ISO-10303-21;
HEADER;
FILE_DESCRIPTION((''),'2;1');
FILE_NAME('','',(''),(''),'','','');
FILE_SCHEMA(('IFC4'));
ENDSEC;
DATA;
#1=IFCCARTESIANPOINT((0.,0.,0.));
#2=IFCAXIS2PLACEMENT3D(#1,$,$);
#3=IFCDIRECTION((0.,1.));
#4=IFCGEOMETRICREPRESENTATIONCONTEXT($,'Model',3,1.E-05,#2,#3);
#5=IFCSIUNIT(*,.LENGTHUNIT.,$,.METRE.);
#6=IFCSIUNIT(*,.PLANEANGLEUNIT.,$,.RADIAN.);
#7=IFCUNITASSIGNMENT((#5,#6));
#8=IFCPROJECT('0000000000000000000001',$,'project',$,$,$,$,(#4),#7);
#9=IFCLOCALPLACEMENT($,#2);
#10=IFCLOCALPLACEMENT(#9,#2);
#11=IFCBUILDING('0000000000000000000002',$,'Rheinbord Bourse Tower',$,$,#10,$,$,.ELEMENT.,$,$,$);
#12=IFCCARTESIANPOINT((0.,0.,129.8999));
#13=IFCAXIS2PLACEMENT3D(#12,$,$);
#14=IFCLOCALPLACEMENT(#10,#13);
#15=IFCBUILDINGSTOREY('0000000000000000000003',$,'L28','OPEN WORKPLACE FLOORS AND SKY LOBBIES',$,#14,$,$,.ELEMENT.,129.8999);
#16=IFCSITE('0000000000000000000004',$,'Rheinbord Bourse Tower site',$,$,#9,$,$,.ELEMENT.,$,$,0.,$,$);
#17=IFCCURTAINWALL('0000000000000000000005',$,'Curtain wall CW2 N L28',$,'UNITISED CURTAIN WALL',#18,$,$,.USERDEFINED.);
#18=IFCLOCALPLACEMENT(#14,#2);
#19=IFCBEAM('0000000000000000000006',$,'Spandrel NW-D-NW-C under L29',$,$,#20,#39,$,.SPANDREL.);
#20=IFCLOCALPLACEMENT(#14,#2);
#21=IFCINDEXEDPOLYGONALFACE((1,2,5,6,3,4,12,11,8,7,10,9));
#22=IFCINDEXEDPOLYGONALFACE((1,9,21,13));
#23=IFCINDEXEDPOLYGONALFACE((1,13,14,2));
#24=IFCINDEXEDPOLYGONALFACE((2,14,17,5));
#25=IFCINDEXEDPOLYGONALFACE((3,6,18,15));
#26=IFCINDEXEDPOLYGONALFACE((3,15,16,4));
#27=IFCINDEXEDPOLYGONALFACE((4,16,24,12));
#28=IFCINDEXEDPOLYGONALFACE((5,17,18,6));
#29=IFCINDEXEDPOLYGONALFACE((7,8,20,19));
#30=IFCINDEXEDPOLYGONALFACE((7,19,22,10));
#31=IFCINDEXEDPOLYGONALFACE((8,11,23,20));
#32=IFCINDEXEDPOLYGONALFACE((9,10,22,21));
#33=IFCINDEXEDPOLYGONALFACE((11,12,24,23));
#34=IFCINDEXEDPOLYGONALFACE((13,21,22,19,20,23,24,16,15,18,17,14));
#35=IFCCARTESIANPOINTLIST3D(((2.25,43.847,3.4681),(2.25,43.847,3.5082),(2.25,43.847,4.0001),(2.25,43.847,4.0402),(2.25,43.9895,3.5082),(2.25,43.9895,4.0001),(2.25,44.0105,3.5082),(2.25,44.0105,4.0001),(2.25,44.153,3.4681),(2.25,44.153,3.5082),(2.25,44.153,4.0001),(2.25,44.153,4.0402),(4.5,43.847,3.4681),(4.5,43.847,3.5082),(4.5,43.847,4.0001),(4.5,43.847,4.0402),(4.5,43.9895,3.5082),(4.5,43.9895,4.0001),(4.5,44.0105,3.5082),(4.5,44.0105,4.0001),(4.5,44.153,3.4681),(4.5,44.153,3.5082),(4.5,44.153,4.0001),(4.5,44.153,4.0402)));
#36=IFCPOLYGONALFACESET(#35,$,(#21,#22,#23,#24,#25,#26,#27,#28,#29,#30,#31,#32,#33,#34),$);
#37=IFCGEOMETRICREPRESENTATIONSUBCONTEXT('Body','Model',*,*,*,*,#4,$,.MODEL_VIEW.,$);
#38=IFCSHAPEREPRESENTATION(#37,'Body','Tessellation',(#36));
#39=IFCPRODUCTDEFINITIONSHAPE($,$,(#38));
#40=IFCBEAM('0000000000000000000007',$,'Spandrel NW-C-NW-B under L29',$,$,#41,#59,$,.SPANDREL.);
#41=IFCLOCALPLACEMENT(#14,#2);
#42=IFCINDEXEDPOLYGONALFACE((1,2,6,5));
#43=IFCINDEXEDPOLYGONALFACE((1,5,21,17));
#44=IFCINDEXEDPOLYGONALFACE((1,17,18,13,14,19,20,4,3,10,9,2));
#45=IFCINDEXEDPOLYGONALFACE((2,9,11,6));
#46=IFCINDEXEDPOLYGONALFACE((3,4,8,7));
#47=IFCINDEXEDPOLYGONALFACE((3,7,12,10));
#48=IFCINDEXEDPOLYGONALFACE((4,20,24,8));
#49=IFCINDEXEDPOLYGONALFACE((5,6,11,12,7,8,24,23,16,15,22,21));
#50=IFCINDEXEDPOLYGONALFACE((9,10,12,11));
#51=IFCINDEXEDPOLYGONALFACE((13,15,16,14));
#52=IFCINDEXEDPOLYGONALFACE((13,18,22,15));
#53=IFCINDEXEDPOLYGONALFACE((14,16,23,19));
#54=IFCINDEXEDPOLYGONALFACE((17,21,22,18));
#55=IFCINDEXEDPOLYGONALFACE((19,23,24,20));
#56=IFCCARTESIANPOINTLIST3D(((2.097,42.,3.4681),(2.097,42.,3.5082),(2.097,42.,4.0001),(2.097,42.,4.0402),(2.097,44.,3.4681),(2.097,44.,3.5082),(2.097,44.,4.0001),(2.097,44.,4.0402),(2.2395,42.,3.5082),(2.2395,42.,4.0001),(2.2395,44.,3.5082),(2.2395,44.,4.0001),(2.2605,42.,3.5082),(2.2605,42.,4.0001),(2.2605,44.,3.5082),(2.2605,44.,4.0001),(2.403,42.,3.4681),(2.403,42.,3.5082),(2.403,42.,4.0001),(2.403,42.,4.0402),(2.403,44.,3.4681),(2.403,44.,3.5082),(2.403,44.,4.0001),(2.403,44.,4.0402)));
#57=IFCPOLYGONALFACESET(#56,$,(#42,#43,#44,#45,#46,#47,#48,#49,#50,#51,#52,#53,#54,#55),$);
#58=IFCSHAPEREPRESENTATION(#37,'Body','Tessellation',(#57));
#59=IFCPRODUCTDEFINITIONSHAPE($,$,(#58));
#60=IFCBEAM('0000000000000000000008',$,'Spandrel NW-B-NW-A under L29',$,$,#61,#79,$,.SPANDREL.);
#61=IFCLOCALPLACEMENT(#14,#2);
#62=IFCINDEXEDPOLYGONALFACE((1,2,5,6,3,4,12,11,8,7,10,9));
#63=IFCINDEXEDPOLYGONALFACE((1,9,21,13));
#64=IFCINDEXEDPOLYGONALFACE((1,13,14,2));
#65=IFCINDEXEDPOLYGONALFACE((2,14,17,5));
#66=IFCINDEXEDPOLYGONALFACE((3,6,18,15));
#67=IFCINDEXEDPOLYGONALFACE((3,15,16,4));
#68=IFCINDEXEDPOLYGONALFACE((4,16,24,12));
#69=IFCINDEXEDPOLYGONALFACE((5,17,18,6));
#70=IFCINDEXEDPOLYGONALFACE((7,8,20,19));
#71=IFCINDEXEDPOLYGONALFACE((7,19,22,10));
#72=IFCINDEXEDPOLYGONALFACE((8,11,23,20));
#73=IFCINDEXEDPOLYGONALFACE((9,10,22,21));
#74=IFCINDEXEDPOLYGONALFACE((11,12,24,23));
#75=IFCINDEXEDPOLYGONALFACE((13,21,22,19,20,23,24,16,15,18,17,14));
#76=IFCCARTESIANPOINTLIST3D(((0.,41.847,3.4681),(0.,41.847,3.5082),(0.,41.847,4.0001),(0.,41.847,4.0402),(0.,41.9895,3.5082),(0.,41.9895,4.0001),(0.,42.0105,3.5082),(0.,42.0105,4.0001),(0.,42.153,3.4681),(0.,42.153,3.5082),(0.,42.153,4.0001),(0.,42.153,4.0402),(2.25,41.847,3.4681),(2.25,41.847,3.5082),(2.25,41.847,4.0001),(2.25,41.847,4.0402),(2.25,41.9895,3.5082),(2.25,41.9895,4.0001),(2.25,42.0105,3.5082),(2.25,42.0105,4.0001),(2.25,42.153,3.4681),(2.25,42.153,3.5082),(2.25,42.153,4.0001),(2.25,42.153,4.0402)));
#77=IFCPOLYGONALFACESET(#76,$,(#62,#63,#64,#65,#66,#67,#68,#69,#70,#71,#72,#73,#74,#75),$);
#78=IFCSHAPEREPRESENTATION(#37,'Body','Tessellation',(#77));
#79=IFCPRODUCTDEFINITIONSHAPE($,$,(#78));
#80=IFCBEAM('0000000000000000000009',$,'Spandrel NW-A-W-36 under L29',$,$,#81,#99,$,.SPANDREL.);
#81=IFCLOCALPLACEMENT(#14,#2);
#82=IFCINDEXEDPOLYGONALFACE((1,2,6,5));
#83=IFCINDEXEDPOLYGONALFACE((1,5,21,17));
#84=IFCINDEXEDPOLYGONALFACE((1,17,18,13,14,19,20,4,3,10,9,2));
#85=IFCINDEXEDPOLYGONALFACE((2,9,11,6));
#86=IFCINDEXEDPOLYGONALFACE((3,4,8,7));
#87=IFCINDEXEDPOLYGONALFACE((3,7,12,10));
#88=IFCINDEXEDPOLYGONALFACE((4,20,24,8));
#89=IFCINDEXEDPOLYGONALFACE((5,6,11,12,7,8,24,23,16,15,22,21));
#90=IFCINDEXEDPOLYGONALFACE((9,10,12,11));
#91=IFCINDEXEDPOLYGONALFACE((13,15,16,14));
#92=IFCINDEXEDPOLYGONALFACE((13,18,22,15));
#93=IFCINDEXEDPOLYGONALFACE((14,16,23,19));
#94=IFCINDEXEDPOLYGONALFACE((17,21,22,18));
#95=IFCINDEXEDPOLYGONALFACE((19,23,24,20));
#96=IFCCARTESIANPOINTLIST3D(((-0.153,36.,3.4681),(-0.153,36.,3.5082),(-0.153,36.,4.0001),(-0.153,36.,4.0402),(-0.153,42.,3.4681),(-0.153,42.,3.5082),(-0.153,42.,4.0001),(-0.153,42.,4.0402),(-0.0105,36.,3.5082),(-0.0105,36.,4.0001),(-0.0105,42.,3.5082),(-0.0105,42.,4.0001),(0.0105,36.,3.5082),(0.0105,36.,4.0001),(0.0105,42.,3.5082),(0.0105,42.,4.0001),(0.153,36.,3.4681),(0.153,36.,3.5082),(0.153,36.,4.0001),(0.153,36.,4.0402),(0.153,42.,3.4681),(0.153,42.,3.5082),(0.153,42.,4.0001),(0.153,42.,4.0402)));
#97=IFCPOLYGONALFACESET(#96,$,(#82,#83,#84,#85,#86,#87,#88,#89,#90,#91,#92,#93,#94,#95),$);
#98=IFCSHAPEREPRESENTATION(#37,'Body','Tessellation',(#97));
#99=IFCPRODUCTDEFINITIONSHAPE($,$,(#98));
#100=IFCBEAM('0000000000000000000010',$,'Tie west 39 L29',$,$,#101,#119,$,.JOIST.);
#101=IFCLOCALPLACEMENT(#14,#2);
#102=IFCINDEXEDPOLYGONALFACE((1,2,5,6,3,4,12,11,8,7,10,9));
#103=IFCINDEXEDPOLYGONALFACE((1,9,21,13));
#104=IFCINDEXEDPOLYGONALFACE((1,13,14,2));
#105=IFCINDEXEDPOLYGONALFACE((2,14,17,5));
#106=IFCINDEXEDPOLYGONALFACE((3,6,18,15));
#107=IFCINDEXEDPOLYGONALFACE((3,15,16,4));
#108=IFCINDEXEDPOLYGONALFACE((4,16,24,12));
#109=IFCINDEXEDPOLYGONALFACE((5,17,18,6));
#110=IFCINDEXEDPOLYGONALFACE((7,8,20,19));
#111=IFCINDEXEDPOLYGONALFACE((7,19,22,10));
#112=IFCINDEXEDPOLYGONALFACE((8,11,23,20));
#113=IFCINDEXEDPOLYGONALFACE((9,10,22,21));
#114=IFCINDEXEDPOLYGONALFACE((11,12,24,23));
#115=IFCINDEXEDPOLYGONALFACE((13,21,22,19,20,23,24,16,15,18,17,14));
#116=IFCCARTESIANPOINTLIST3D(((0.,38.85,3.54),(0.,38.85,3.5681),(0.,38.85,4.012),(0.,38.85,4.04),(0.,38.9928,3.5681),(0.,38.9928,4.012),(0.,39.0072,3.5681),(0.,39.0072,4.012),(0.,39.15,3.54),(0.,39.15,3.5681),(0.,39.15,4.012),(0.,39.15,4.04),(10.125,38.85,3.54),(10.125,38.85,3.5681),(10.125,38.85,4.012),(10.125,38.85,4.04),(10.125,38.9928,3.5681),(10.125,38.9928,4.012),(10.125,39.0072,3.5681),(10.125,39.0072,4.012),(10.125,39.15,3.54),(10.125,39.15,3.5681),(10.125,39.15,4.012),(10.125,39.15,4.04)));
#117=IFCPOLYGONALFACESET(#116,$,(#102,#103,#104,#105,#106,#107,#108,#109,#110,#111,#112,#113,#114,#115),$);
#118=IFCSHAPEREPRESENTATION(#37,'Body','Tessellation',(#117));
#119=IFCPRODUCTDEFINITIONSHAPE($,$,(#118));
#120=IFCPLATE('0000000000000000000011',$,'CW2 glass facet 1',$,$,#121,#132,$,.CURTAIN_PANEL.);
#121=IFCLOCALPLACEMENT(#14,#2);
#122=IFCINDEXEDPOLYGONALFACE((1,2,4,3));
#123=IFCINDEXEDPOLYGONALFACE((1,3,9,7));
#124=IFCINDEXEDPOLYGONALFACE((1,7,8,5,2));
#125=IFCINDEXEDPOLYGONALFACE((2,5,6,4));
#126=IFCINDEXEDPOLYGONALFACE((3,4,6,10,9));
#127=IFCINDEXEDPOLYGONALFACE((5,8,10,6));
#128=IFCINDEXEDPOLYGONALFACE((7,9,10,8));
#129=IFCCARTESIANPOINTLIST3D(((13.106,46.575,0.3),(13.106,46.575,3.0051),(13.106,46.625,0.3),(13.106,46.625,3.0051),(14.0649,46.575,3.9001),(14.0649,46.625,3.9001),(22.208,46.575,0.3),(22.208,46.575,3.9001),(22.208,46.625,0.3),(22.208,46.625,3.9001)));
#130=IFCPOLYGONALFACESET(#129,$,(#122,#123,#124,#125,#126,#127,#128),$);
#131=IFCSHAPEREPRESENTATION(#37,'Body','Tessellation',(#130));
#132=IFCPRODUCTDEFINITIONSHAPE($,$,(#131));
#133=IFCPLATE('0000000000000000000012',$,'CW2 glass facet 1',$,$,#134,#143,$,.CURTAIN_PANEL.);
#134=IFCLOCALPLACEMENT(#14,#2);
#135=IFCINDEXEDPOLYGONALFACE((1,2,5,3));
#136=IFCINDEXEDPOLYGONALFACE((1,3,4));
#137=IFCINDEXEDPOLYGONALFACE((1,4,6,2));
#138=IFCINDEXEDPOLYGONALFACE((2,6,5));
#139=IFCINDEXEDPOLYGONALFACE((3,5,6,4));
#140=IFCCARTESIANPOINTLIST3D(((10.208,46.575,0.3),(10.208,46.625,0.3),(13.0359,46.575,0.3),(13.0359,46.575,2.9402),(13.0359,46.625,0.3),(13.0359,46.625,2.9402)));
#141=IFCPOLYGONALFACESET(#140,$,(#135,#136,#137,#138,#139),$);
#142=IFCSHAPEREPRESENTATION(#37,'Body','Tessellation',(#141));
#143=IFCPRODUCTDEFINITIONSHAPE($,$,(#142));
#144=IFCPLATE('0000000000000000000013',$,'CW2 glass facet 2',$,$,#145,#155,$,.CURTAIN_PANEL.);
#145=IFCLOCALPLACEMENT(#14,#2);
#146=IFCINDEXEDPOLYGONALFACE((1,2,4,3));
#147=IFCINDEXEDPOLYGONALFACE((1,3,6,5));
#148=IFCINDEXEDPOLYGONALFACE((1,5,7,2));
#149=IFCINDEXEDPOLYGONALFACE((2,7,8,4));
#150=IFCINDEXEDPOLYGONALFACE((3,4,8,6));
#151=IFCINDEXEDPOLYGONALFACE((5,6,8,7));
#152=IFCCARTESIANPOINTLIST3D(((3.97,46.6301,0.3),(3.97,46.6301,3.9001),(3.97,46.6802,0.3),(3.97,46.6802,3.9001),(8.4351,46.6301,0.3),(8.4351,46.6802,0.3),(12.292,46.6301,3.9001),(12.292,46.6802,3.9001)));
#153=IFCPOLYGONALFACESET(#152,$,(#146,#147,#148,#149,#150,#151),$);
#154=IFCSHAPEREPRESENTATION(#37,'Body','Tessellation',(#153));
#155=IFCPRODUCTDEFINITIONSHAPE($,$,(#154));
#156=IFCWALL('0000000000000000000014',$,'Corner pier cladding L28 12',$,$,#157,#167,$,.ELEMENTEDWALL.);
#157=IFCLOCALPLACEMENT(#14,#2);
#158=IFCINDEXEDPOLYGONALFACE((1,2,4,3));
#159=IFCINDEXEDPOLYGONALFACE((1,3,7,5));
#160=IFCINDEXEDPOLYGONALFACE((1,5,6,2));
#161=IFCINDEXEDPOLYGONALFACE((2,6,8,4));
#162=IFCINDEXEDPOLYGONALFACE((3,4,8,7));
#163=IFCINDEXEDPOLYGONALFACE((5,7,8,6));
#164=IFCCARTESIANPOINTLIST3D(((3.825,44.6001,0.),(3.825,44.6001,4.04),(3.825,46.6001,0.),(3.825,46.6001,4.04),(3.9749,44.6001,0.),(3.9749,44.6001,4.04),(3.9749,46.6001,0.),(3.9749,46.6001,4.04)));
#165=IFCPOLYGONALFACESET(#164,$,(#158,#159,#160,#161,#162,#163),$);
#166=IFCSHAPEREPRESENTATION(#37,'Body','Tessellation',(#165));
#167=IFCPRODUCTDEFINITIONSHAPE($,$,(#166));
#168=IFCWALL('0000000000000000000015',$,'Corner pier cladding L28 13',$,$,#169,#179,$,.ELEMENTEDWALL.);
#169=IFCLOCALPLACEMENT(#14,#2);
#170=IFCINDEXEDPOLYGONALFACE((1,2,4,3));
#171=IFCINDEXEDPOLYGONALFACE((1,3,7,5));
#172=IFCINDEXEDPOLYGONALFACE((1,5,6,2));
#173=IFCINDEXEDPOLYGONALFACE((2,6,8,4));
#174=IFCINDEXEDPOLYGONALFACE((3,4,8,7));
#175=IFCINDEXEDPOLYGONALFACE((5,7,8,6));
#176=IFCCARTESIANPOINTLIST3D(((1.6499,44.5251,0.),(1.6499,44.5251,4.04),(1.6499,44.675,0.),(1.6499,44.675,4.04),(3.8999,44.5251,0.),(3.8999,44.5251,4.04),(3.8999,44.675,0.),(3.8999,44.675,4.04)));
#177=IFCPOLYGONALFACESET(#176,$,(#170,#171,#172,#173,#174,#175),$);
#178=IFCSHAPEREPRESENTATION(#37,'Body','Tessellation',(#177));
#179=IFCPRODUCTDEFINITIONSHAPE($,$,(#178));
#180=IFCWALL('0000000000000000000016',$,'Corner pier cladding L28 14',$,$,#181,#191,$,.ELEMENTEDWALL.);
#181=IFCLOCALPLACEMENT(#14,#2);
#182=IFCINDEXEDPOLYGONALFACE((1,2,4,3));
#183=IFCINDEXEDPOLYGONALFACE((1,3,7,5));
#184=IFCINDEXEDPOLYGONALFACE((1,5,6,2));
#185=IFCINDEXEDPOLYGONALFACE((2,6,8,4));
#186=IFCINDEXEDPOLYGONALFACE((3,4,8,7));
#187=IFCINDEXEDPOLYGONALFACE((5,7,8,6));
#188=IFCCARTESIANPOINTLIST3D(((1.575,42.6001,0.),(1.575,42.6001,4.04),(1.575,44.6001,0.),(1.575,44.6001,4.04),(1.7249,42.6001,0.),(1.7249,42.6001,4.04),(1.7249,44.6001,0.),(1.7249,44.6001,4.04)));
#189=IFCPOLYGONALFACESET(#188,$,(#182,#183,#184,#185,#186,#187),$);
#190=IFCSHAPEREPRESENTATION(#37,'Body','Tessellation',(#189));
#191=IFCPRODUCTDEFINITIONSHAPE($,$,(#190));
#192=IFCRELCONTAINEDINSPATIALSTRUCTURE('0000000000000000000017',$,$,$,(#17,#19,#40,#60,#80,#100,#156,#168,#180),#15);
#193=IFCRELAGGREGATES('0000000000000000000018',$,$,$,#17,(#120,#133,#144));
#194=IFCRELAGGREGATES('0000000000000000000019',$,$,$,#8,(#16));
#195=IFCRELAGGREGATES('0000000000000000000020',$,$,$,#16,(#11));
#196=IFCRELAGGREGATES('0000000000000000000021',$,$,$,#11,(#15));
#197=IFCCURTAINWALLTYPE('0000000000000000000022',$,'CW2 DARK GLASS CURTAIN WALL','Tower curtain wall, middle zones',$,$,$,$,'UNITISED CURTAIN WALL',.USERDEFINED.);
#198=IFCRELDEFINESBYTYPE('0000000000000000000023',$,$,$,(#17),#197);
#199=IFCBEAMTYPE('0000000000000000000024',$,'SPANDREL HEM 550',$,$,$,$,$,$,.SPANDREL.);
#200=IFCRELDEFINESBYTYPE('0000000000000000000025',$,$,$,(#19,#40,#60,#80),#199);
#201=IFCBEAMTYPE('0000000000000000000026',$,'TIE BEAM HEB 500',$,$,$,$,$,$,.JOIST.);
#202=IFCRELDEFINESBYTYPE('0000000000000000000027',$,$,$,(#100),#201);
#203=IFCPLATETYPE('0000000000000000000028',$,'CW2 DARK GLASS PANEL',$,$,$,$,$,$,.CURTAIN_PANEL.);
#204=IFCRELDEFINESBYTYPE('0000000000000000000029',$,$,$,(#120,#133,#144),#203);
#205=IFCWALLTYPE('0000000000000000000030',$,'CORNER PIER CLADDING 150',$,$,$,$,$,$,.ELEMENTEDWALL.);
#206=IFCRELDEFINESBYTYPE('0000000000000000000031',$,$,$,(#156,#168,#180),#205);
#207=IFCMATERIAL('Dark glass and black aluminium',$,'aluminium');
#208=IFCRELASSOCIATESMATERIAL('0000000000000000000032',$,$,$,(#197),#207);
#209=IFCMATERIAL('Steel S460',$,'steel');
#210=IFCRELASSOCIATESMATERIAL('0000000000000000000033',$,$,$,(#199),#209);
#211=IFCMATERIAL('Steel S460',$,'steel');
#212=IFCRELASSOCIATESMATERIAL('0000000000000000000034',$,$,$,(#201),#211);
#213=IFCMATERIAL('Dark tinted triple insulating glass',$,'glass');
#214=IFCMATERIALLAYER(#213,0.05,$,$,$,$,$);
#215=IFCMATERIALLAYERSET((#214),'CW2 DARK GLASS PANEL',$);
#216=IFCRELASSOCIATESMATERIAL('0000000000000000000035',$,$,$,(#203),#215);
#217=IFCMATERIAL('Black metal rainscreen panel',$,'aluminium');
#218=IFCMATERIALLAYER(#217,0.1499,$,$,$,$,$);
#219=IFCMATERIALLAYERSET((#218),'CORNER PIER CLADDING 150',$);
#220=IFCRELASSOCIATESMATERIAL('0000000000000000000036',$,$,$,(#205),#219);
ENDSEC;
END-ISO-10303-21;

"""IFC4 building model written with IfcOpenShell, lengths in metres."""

from ifc_helpers import new_model, si_unit, direction, frame, frame_2d, origin, origin_2d, place, context, subcontext, project, spatial, polyline, rectangle, i_section, outline, extrude, material, layer, layer_set, material_profile, profile_set, type_object, element, aggregate, save


model = new_model("IFC4")

# Units and contexts
model_context = context("Model", 3, precision=1e-05, world=origin(), true_north=direction((0.0, 1.0)))
body_context = subcontext(model_context, "Body", "Model", "MODEL_VIEW")
ifc_project = project(units=[si_unit("LENGTHUNIT", "METRE"), si_unit("PLANEANGLEUNIT", "RADIAN")], contexts=[model_context])

# Site, building, storey
site_placement = place(None, origin())
site = spatial("IfcSite", under=ifc_project, at=site_placement, Name="Rheinbord Bourse Tower site", CompositionType="ELEMENT", RefElevation=0.0)
building_placement = place(site_placement, origin())
building = spatial("IfcBuilding", under=site, at=building_placement, Name="Rheinbord Bourse Tower", CompositionType="ELEMENT")
storey_placement = place(building_placement, frame((0.0, 0.0, 129.8999)))
storey = spatial("IfcBuildingStorey", under=building, at=storey_placement, Name="L28", Description="OPEN WORKPLACE FLOORS AND SKY LOBBIES", CompositionType="ELEMENT", Elevation=129.8999)

# Curtain wall
ifc_material_1 = material(Name="Dark glass and black aluminium", Category="aluminium")
curtain_wall_type = type_object("IfcCurtainWallType", Name="CW2 DARK GLASS CURTAIN WALL", Description="Tower curtain wall, middle zones", ElementType="UNITISED CURTAIN WALL", PredefinedType="USERDEFINED", material=ifc_material_1)
curtain_wall_1_placement = place(storey_placement, origin())
curtain_wall_1 = element("IfcCurtainWall", 1, at=curtain_wall_1_placement, inside=storey, type_object=curtain_wall_type, Name="Curtain wall CW2 N L28", ObjectType="UNITISED CURTAIN WALL", PredefinedType="USERDEFINED")

# Beams
ifc_material_2 = material(Name="Steel S460", Category="steel")
ifc_material_profile_1 = material_profile(ifc_material_2, i_section(OverallWidth=0.3059, OverallDepth=0.572, WebThickness=0.021, FlangeThickness=0.04, at=origin_2d()), Name="HEM 550")
ifc_profile_set_1 = profile_set([ifc_material_profile_1], Name="Steel S460")
beam_type_1 = type_object("IfcBeamType", Name="SPANDREL HEM 550", PredefinedType="SPANDREL", material=ifc_profile_set_1)
beam_1_placement = place(storey_placement, frame((4.5, 44.0, 3.7542), z_axis=(-1.0, 0.0, 0.0), x_axis=(0.0, -1.0, 0.0)))
element("IfcBeam", 2, at=beam_1_placement, inside=storey, type_object=beam_type_1, Name="Spandrel NW-D-NW-C under L29", PredefinedType="SPANDREL", context=body_context, shape_type="SweptSolid", body=[
    extrude(i_section(OverallWidth=0.3059, OverallDepth=0.572, WebThickness=0.021, FlangeThickness=0.04, at=origin_2d()), origin(), (0.0, 0.0, 1.0), 2.25),
])
beam_2_placement = place(storey_placement, frame((2.25, 44.0, 3.7542), z_axis=(0.0, -1.0, 0.0), x_axis=(1.0, 0.0, 0.0)))
element("IfcBeam", 3, at=beam_2_placement, inside=storey, type_object=beam_type_1, Name="Spandrel NW-C-NW-B under L29", PredefinedType="SPANDREL", context=body_context, shape_type="SweptSolid", body=[
    extrude(i_section(OverallWidth=0.3059, OverallDepth=0.572, WebThickness=0.021, FlangeThickness=0.04, at=origin_2d()), origin(), (0.0, 0.0, 1.0), 2.0),
])
beam_3_placement = place(storey_placement, frame((2.25, 42.0, 3.7542), z_axis=(-1.0, 0.0, 0.0), x_axis=(0.0, -1.0, 0.0)))
element("IfcBeam", 4, at=beam_3_placement, inside=storey, type_object=beam_type_1, Name="Spandrel NW-B-NW-A under L29", PredefinedType="SPANDREL", context=body_context, shape_type="SweptSolid", body=[
    extrude(i_section(OverallWidth=0.3059, OverallDepth=0.572, WebThickness=0.021, FlangeThickness=0.04, at=origin_2d()), origin(), (0.0, 0.0, 1.0), 2.25),
])
beam_4_placement = place(storey_placement, frame((0.0, 42.0, 3.7542), z_axis=(0.0, -1.0, 0.0), x_axis=(1.0, 0.0, 0.0)))
element("IfcBeam", 5, at=beam_4_placement, inside=storey, type_object=beam_type_1, Name="Spandrel NW-A-W-36 under L29", PredefinedType="SPANDREL", context=body_context, shape_type="SweptSolid", body=[
    extrude(i_section(OverallWidth=0.3059, OverallDepth=0.572, WebThickness=0.021, FlangeThickness=0.04, at=origin_2d()), origin(), (0.0, 0.0, 1.0), 6.0),
])
ifc_material_3 = material(Name="Steel S460", Category="steel")
ifc_material_profile_2 = material_profile(ifc_material_3, i_section(OverallWidth=0.3, OverallDepth=0.5, WebThickness=0.0144, FlangeThickness=0.0281, at=origin_2d()), Name="HEB 500")
ifc_profile_set_2 = profile_set([ifc_material_profile_2], Name="Steel S460")
beam_type_2 = type_object("IfcBeamType", Name="TIE BEAM HEB 500", PredefinedType="JOIST", material=ifc_profile_set_2)
beam_5_placement = place(storey_placement, frame((0.0, 39.0, 3.79), z_axis=(1.0, 0.0, 0.0), x_axis=(0.0, 1.0, 0.0)))
element("IfcBeam", 6, at=beam_5_placement, inside=storey, type_object=beam_type_2, Name="Tie west 39 L29", PredefinedType="JOIST", context=body_context, shape_type="SweptSolid", body=[
    extrude(i_section(OverallWidth=0.3, OverallDepth=0.5, WebThickness=0.0144, FlangeThickness=0.0281, at=origin_2d()), origin(), (0.0, 0.0, 1.0), 10.125),
])

# Plates
ifc_material_4 = material(Name="Dark tinted triple insulating glass", Category="glass")
ifc_layer_1 = layer(ifc_material_4, 0.05)
ifc_layer_set_1 = layer_set([ifc_layer_1], Name="CW2 DARK GLASS PANEL")
plate_type = type_object("IfcPlateType", Name="CW2 DARK GLASS PANEL", PredefinedType="CURTAIN_PANEL", material=ifc_layer_set_1)
plate_1_placement = place(storey_placement, frame((13.106, 46.625, 0.3), z_axis=(0.0, -1.0, 0.0), x_axis=(1.0, 0.0, 0.0)))
plate_1 = element("IfcPlate", 7, at=plate_1_placement, type_object=plate_type, Name="CW2 glass facet 1", PredefinedType="CURTAIN_PANEL", context=body_context, shape_type="SweptSolid", body=[
    extrude(outline(polyline([(0.0, 0.0), (9.1021, 0.0), (9.1021, 3.6001), (0.959, 3.6001), (0.0, 2.7051), (0.0, 0.0)])), origin(), (0.0, 0.0, 1.0), 0.05),
])
plate_2_placement = place(storey_placement, frame((13.0359, 46.625, 0.3), z_axis=(0.0, -1.0, 0.0), x_axis=(0.0, 0.0, 1.0)))
plate_2 = element("IfcPlate", 8, at=plate_2_placement, type_object=plate_type, Name="CW2 glass facet 1", PredefinedType="CURTAIN_PANEL", context=body_context, shape_type="SweptSolid", body=[
    extrude(outline(polyline([(0.0, 0.0), (2.6401, 0.0), (0.0, 2.8279), (0.0, 0.0)])), origin(), (0.0, 0.0, 1.0), 0.05),
])
plate_3_placement = place(storey_placement, frame((3.97, 46.6802, 3.9001), z_axis=(0.0, -1.0, 0.0), x_axis=(0.0, 0.0, -1.0)))
plate_3 = element("IfcPlate", 9, at=plate_3_placement, type_object=plate_type, Name="CW2 glass facet 2", PredefinedType="CURTAIN_PANEL", context=body_context, shape_type="SweptSolid", body=[
    extrude(outline(polyline([(0.0, 0.0), (3.6001, 0.0), (3.6001, 4.4651), (0.0, 8.322), (0.0, 0.0)])), origin(), (0.0, 0.0, 1.0), 0.05),
])
aggregate(curtain_wall_1, [plate_1, plate_2, plate_3])

# Walls
ifc_material_5 = material(Name="Black metal rainscreen panel", Category="aluminium")
ifc_layer_2 = layer(ifc_material_5, 0.1499)
ifc_layer_set_2 = layer_set([ifc_layer_2], Name="CORNER PIER CLADDING 150")
wall_type = type_object("IfcWallType", Name="CORNER PIER CLADDING 150", PredefinedType="ELEMENTEDWALL", material=ifc_layer_set_2)
wall_1_placement = place(storey_placement, frame((3.8999, 46.6001, 0.0), z_axis=(0.0, 0.0, 1.0), x_axis=(0.0, -1.0, 0.0)))
element("IfcWall", 10, at=wall_1_placement, inside=storey, type_object=wall_type, Name="Corner pier cladding L28 12", PredefinedType="ELEMENTEDWALL", context=body_context, shape_type="SweptSolid", body=[
    extrude(rectangle(XDim=2.0, YDim=0.1499, at=frame_2d((1.0, 0.0))), origin(), (0.0, 0.0, 1.0), 4.04),
])
wall_2_placement = place(storey_placement, frame((3.8999, 44.6001, 0.0), z_axis=(0.0, 0.0, 1.0), x_axis=(-1.0, 0.0, 0.0)))
element("IfcWall", 11, at=wall_2_placement, inside=storey, type_object=wall_type, Name="Corner pier cladding L28 13", PredefinedType="ELEMENTEDWALL", context=body_context, shape_type="SweptSolid", body=[
    extrude(rectangle(XDim=2.25, YDim=0.1499, at=frame_2d((1.125, 0.0))), origin(), (0.0, 0.0, 1.0), 4.04),
])
wall_3_placement = place(storey_placement, frame((1.6499, 44.6001, 0.0), z_axis=(0.0, 0.0, 1.0), x_axis=(0.0, -1.0, 0.0)))
element("IfcWall", 12, at=wall_3_placement, inside=storey, type_object=wall_type, Name="Corner pier cladding L28 14", PredefinedType="ELEMENTEDWALL", context=body_context, shape_type="SweptSolid", body=[
    extrude(rectangle(XDim=2.0, YDim=0.1499, at=frame_2d((1.0, 0.0))), origin(), (0.0, 0.0, 1.0), 4.04),
])

save(model, "model.ifc")
